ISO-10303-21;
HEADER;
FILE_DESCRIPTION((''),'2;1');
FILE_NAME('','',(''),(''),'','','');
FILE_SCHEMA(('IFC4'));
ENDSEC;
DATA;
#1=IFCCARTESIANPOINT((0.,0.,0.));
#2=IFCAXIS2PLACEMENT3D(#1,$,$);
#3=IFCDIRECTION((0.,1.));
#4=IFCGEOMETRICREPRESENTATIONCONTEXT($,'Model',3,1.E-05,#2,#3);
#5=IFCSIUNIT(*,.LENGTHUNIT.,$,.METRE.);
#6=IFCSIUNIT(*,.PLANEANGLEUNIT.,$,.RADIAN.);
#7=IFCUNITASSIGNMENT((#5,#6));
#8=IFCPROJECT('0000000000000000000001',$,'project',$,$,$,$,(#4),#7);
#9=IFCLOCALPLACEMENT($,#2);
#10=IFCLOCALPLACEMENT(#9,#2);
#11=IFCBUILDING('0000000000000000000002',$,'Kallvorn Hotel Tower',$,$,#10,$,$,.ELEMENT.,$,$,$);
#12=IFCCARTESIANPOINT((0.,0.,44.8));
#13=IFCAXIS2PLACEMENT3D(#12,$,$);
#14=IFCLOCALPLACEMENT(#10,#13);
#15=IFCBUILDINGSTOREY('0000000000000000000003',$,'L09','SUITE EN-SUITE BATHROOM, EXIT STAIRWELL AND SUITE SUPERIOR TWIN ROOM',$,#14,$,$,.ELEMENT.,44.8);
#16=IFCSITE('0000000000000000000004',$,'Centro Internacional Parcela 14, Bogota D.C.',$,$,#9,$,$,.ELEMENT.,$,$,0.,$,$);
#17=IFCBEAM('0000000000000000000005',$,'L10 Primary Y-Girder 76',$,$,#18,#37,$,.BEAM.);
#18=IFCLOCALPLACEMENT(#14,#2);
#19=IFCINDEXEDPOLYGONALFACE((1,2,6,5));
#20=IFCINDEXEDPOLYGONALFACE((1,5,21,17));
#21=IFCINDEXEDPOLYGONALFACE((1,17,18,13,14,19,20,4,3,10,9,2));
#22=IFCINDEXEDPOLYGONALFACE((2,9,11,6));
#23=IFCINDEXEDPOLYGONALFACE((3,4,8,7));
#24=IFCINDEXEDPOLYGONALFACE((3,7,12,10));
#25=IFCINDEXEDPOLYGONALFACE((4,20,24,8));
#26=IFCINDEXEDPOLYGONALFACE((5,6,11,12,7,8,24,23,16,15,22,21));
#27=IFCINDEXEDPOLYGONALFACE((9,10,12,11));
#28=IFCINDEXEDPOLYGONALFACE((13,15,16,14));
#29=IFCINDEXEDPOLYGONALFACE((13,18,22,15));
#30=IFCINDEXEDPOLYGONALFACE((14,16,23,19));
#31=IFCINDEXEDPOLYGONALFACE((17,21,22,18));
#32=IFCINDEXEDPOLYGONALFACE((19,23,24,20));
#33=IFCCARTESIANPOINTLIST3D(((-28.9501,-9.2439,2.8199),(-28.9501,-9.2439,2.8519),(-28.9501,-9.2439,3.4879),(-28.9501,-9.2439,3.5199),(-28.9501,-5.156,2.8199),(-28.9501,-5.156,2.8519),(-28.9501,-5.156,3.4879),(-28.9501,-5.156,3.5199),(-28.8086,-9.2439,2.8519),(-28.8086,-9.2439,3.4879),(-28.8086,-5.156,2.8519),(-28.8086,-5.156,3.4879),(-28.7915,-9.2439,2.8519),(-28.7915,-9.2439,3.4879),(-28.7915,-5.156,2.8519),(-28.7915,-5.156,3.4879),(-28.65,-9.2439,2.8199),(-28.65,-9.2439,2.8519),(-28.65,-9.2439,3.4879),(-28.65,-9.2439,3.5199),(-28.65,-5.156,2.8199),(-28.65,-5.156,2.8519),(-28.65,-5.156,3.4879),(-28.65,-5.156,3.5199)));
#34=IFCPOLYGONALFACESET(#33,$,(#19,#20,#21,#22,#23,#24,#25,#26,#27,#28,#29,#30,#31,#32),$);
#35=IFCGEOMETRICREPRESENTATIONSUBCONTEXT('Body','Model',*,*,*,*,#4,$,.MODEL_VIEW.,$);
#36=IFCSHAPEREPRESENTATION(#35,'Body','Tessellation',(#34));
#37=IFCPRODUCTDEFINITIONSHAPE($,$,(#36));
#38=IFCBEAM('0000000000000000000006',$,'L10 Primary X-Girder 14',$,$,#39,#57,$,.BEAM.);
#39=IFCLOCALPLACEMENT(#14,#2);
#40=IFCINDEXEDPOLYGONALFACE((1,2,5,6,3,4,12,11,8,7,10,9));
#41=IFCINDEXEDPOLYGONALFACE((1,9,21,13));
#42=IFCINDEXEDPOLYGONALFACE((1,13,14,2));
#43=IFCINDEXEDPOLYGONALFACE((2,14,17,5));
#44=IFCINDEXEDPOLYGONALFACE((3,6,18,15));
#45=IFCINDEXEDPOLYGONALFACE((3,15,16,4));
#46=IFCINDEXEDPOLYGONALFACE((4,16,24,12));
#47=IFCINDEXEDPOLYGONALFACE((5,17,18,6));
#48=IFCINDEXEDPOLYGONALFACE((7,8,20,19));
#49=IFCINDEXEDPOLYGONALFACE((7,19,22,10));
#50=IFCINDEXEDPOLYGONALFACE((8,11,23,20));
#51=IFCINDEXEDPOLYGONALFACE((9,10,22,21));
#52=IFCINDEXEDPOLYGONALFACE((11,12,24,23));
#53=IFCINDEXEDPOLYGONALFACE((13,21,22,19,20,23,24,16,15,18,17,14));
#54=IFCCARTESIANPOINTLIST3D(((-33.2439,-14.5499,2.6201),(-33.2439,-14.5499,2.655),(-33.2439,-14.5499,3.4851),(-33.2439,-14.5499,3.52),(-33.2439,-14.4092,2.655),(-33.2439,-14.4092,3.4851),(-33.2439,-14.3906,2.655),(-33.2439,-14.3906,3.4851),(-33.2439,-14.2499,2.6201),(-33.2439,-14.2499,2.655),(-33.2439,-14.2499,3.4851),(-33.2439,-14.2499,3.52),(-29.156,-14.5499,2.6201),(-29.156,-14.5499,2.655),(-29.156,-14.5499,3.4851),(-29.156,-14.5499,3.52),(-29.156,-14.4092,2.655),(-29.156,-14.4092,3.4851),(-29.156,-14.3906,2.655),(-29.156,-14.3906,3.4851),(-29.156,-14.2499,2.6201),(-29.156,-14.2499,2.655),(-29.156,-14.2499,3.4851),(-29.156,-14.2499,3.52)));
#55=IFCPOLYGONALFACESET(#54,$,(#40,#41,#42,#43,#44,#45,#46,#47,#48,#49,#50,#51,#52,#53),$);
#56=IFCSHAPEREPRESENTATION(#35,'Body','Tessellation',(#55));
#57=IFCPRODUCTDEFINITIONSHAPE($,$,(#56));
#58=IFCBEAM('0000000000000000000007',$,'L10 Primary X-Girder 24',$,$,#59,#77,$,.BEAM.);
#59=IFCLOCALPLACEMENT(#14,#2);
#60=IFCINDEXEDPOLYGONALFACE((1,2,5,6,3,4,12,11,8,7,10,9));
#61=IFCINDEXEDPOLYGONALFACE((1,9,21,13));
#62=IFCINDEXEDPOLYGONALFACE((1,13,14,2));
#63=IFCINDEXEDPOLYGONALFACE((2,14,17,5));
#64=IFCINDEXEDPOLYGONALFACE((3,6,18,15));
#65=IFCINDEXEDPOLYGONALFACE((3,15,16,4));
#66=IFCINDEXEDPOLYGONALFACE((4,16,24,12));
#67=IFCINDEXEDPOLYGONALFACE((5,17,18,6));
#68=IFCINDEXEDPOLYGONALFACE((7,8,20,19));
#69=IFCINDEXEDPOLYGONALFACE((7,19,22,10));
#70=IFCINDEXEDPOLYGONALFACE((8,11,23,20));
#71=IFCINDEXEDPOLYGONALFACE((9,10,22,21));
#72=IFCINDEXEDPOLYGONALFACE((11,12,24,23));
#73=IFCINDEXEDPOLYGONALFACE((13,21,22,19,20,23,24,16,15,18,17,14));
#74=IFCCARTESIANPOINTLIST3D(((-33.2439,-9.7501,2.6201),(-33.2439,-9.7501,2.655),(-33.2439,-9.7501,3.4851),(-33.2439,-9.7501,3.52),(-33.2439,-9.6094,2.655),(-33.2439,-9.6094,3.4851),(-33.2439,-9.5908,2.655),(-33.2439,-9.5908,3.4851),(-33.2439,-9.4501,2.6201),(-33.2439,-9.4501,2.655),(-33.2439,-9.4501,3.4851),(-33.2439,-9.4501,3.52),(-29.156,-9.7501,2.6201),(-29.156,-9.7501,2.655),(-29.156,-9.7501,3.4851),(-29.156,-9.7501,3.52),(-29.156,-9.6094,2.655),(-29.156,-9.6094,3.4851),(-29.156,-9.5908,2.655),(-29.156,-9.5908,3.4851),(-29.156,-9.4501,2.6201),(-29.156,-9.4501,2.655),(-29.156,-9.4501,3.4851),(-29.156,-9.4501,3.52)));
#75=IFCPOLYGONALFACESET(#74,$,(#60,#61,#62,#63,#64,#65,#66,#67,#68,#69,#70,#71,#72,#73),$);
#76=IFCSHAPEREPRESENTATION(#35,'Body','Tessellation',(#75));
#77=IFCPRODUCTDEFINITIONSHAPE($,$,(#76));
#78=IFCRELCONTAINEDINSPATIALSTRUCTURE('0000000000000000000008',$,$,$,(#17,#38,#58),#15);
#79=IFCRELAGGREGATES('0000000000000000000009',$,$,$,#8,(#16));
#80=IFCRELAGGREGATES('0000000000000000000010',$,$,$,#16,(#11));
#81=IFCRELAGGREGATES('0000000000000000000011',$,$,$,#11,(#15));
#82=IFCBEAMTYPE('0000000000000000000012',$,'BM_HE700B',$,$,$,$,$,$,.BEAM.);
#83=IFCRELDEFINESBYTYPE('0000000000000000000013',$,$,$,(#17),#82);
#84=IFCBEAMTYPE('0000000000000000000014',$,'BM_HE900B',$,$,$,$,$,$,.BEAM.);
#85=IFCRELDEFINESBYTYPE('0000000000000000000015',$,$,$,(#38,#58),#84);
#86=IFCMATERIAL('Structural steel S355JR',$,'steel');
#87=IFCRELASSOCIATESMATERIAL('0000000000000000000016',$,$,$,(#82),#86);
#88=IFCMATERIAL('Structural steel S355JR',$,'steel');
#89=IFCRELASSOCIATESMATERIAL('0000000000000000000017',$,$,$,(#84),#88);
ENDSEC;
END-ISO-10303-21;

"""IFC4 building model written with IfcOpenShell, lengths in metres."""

from ifc_helpers import new_model, si_unit, direction, frame, origin, origin_2d, place, context, subcontext, project, spatial, i_section, extrude, material, material_profile, profile_set, type_object, element, save


model = new_model("IFC4")

# Units and contexts
model_context = context("Model", 3, precision=1e-05, world=origin(), true_north=direction((0.0, 1.0)))
body_context = subcontext(model_context, "Body", "Model", "MODEL_VIEW")
ifc_project = project(units=[si_unit("LENGTHUNIT", "METRE"), si_unit("PLANEANGLEUNIT", "RADIAN")], contexts=[model_context])

# Site, building, storey
site_placement = place(None, origin())
site = spatial("IfcSite", under=ifc_project, at=site_placement, Name="Centro Internacional Parcela 14, Bogota D.C.", CompositionType="ELEMENT", RefElevation=0.0)
building_placement = place(site_placement, origin())
building = spatial("IfcBuilding", under=site, at=building_placement, Name="Kallvorn Hotel Tower", CompositionType="ELEMENT")
storey_placement = place(building_placement, frame((0.0, 0.0, 44.8)))
storey = spatial("IfcBuildingStorey", under=building, at=storey_placement, Name="L09", Description="SUITE EN-SUITE BATHROOM, EXIT STAIRWELL AND SUITE SUPERIOR TWIN ROOM", CompositionType="ELEMENT", Elevation=44.8)

# Beams
ifc_material_1 = material(Name="Structural steel S355JR", Category="steel")
ifc_material_profile_1 = material_profile(ifc_material_1, i_section(OverallWidth=0.3, OverallDepth=0.7, WebThickness=0.0171, FlangeThickness=0.032, at=origin_2d()), Name="HE 700 B")
ifc_profile_set_1 = profile_set([ifc_material_profile_1], Name="Structural steel S355JR")
beam_type_1 = type_object("IfcBeamType", Name="BM_HE700B", PredefinedType="BEAM", material=ifc_profile_set_1)
for number, where, z_axis, x_axis, name in (
    (1, (-28.8, -9.2439, 3.1699), (0.0, 1.0, 0.0), (-1.0, 0.0, 0.0), "L10 Primary Y-Girder 76"),
):
    element("IfcBeam", number, at=place(storey_placement, frame(where, z_axis=z_axis, x_axis=x_axis)), inside=storey, type_object=beam_type_1, Name=name, PredefinedType="BEAM", context=body_context, shape_type="SweptSolid", body=[
        extrude(i_section(OverallWidth=0.3, OverallDepth=0.7, WebThickness=0.0171, FlangeThickness=0.032, at=origin_2d()), origin(), (0.0, 0.0, 1.0), 4.0879),
    ])
ifc_material_2 = material(Name="Structural steel S355JR", Category="steel")
ifc_material_profile_2 = material_profile(ifc_material_2, i_section(OverallWidth=0.3, OverallDepth=0.8999, WebThickness=0.0186, FlangeThickness=0.0349, at=origin_2d()), Name="HE 900 B")
ifc_profile_set_2 = profile_set([ifc_material_profile_2], Name="Structural steel S355JR")
beam_type_2 = type_object("IfcBeamType", Name="BM_HE900B", PredefinedType="BEAM", material=ifc_profile_set_2)
for number, where, z_axis, x_axis, name in (
    (2, (-33.2439, -14.3999, 3.0701), (1.0, 0.0, 0.0), (0.0, 1.0, 0.0), "L10 Primary X-Girder 14"),
    (3, (-33.2439, -9.6001, 3.0701), (1.0, 0.0, 0.0), (0.0, 1.0, 0.0), "L10 Primary X-Girder 24"),
):
    element("IfcBeam", number, at=place(storey_placement, frame(where, z_axis=z_axis, x_axis=x_axis)), inside=storey, type_object=beam_type_2, Name=name, PredefinedType="BEAM", context=body_context, shape_type="SweptSolid", body=[
        extrude(i_section(OverallWidth=0.3, OverallDepth=0.8999, WebThickness=0.0186, FlangeThickness=0.0349, at=origin_2d()), origin(), (0.0, 0.0, 1.0), 4.0879),
    ])

save(model, "model.ifc")
